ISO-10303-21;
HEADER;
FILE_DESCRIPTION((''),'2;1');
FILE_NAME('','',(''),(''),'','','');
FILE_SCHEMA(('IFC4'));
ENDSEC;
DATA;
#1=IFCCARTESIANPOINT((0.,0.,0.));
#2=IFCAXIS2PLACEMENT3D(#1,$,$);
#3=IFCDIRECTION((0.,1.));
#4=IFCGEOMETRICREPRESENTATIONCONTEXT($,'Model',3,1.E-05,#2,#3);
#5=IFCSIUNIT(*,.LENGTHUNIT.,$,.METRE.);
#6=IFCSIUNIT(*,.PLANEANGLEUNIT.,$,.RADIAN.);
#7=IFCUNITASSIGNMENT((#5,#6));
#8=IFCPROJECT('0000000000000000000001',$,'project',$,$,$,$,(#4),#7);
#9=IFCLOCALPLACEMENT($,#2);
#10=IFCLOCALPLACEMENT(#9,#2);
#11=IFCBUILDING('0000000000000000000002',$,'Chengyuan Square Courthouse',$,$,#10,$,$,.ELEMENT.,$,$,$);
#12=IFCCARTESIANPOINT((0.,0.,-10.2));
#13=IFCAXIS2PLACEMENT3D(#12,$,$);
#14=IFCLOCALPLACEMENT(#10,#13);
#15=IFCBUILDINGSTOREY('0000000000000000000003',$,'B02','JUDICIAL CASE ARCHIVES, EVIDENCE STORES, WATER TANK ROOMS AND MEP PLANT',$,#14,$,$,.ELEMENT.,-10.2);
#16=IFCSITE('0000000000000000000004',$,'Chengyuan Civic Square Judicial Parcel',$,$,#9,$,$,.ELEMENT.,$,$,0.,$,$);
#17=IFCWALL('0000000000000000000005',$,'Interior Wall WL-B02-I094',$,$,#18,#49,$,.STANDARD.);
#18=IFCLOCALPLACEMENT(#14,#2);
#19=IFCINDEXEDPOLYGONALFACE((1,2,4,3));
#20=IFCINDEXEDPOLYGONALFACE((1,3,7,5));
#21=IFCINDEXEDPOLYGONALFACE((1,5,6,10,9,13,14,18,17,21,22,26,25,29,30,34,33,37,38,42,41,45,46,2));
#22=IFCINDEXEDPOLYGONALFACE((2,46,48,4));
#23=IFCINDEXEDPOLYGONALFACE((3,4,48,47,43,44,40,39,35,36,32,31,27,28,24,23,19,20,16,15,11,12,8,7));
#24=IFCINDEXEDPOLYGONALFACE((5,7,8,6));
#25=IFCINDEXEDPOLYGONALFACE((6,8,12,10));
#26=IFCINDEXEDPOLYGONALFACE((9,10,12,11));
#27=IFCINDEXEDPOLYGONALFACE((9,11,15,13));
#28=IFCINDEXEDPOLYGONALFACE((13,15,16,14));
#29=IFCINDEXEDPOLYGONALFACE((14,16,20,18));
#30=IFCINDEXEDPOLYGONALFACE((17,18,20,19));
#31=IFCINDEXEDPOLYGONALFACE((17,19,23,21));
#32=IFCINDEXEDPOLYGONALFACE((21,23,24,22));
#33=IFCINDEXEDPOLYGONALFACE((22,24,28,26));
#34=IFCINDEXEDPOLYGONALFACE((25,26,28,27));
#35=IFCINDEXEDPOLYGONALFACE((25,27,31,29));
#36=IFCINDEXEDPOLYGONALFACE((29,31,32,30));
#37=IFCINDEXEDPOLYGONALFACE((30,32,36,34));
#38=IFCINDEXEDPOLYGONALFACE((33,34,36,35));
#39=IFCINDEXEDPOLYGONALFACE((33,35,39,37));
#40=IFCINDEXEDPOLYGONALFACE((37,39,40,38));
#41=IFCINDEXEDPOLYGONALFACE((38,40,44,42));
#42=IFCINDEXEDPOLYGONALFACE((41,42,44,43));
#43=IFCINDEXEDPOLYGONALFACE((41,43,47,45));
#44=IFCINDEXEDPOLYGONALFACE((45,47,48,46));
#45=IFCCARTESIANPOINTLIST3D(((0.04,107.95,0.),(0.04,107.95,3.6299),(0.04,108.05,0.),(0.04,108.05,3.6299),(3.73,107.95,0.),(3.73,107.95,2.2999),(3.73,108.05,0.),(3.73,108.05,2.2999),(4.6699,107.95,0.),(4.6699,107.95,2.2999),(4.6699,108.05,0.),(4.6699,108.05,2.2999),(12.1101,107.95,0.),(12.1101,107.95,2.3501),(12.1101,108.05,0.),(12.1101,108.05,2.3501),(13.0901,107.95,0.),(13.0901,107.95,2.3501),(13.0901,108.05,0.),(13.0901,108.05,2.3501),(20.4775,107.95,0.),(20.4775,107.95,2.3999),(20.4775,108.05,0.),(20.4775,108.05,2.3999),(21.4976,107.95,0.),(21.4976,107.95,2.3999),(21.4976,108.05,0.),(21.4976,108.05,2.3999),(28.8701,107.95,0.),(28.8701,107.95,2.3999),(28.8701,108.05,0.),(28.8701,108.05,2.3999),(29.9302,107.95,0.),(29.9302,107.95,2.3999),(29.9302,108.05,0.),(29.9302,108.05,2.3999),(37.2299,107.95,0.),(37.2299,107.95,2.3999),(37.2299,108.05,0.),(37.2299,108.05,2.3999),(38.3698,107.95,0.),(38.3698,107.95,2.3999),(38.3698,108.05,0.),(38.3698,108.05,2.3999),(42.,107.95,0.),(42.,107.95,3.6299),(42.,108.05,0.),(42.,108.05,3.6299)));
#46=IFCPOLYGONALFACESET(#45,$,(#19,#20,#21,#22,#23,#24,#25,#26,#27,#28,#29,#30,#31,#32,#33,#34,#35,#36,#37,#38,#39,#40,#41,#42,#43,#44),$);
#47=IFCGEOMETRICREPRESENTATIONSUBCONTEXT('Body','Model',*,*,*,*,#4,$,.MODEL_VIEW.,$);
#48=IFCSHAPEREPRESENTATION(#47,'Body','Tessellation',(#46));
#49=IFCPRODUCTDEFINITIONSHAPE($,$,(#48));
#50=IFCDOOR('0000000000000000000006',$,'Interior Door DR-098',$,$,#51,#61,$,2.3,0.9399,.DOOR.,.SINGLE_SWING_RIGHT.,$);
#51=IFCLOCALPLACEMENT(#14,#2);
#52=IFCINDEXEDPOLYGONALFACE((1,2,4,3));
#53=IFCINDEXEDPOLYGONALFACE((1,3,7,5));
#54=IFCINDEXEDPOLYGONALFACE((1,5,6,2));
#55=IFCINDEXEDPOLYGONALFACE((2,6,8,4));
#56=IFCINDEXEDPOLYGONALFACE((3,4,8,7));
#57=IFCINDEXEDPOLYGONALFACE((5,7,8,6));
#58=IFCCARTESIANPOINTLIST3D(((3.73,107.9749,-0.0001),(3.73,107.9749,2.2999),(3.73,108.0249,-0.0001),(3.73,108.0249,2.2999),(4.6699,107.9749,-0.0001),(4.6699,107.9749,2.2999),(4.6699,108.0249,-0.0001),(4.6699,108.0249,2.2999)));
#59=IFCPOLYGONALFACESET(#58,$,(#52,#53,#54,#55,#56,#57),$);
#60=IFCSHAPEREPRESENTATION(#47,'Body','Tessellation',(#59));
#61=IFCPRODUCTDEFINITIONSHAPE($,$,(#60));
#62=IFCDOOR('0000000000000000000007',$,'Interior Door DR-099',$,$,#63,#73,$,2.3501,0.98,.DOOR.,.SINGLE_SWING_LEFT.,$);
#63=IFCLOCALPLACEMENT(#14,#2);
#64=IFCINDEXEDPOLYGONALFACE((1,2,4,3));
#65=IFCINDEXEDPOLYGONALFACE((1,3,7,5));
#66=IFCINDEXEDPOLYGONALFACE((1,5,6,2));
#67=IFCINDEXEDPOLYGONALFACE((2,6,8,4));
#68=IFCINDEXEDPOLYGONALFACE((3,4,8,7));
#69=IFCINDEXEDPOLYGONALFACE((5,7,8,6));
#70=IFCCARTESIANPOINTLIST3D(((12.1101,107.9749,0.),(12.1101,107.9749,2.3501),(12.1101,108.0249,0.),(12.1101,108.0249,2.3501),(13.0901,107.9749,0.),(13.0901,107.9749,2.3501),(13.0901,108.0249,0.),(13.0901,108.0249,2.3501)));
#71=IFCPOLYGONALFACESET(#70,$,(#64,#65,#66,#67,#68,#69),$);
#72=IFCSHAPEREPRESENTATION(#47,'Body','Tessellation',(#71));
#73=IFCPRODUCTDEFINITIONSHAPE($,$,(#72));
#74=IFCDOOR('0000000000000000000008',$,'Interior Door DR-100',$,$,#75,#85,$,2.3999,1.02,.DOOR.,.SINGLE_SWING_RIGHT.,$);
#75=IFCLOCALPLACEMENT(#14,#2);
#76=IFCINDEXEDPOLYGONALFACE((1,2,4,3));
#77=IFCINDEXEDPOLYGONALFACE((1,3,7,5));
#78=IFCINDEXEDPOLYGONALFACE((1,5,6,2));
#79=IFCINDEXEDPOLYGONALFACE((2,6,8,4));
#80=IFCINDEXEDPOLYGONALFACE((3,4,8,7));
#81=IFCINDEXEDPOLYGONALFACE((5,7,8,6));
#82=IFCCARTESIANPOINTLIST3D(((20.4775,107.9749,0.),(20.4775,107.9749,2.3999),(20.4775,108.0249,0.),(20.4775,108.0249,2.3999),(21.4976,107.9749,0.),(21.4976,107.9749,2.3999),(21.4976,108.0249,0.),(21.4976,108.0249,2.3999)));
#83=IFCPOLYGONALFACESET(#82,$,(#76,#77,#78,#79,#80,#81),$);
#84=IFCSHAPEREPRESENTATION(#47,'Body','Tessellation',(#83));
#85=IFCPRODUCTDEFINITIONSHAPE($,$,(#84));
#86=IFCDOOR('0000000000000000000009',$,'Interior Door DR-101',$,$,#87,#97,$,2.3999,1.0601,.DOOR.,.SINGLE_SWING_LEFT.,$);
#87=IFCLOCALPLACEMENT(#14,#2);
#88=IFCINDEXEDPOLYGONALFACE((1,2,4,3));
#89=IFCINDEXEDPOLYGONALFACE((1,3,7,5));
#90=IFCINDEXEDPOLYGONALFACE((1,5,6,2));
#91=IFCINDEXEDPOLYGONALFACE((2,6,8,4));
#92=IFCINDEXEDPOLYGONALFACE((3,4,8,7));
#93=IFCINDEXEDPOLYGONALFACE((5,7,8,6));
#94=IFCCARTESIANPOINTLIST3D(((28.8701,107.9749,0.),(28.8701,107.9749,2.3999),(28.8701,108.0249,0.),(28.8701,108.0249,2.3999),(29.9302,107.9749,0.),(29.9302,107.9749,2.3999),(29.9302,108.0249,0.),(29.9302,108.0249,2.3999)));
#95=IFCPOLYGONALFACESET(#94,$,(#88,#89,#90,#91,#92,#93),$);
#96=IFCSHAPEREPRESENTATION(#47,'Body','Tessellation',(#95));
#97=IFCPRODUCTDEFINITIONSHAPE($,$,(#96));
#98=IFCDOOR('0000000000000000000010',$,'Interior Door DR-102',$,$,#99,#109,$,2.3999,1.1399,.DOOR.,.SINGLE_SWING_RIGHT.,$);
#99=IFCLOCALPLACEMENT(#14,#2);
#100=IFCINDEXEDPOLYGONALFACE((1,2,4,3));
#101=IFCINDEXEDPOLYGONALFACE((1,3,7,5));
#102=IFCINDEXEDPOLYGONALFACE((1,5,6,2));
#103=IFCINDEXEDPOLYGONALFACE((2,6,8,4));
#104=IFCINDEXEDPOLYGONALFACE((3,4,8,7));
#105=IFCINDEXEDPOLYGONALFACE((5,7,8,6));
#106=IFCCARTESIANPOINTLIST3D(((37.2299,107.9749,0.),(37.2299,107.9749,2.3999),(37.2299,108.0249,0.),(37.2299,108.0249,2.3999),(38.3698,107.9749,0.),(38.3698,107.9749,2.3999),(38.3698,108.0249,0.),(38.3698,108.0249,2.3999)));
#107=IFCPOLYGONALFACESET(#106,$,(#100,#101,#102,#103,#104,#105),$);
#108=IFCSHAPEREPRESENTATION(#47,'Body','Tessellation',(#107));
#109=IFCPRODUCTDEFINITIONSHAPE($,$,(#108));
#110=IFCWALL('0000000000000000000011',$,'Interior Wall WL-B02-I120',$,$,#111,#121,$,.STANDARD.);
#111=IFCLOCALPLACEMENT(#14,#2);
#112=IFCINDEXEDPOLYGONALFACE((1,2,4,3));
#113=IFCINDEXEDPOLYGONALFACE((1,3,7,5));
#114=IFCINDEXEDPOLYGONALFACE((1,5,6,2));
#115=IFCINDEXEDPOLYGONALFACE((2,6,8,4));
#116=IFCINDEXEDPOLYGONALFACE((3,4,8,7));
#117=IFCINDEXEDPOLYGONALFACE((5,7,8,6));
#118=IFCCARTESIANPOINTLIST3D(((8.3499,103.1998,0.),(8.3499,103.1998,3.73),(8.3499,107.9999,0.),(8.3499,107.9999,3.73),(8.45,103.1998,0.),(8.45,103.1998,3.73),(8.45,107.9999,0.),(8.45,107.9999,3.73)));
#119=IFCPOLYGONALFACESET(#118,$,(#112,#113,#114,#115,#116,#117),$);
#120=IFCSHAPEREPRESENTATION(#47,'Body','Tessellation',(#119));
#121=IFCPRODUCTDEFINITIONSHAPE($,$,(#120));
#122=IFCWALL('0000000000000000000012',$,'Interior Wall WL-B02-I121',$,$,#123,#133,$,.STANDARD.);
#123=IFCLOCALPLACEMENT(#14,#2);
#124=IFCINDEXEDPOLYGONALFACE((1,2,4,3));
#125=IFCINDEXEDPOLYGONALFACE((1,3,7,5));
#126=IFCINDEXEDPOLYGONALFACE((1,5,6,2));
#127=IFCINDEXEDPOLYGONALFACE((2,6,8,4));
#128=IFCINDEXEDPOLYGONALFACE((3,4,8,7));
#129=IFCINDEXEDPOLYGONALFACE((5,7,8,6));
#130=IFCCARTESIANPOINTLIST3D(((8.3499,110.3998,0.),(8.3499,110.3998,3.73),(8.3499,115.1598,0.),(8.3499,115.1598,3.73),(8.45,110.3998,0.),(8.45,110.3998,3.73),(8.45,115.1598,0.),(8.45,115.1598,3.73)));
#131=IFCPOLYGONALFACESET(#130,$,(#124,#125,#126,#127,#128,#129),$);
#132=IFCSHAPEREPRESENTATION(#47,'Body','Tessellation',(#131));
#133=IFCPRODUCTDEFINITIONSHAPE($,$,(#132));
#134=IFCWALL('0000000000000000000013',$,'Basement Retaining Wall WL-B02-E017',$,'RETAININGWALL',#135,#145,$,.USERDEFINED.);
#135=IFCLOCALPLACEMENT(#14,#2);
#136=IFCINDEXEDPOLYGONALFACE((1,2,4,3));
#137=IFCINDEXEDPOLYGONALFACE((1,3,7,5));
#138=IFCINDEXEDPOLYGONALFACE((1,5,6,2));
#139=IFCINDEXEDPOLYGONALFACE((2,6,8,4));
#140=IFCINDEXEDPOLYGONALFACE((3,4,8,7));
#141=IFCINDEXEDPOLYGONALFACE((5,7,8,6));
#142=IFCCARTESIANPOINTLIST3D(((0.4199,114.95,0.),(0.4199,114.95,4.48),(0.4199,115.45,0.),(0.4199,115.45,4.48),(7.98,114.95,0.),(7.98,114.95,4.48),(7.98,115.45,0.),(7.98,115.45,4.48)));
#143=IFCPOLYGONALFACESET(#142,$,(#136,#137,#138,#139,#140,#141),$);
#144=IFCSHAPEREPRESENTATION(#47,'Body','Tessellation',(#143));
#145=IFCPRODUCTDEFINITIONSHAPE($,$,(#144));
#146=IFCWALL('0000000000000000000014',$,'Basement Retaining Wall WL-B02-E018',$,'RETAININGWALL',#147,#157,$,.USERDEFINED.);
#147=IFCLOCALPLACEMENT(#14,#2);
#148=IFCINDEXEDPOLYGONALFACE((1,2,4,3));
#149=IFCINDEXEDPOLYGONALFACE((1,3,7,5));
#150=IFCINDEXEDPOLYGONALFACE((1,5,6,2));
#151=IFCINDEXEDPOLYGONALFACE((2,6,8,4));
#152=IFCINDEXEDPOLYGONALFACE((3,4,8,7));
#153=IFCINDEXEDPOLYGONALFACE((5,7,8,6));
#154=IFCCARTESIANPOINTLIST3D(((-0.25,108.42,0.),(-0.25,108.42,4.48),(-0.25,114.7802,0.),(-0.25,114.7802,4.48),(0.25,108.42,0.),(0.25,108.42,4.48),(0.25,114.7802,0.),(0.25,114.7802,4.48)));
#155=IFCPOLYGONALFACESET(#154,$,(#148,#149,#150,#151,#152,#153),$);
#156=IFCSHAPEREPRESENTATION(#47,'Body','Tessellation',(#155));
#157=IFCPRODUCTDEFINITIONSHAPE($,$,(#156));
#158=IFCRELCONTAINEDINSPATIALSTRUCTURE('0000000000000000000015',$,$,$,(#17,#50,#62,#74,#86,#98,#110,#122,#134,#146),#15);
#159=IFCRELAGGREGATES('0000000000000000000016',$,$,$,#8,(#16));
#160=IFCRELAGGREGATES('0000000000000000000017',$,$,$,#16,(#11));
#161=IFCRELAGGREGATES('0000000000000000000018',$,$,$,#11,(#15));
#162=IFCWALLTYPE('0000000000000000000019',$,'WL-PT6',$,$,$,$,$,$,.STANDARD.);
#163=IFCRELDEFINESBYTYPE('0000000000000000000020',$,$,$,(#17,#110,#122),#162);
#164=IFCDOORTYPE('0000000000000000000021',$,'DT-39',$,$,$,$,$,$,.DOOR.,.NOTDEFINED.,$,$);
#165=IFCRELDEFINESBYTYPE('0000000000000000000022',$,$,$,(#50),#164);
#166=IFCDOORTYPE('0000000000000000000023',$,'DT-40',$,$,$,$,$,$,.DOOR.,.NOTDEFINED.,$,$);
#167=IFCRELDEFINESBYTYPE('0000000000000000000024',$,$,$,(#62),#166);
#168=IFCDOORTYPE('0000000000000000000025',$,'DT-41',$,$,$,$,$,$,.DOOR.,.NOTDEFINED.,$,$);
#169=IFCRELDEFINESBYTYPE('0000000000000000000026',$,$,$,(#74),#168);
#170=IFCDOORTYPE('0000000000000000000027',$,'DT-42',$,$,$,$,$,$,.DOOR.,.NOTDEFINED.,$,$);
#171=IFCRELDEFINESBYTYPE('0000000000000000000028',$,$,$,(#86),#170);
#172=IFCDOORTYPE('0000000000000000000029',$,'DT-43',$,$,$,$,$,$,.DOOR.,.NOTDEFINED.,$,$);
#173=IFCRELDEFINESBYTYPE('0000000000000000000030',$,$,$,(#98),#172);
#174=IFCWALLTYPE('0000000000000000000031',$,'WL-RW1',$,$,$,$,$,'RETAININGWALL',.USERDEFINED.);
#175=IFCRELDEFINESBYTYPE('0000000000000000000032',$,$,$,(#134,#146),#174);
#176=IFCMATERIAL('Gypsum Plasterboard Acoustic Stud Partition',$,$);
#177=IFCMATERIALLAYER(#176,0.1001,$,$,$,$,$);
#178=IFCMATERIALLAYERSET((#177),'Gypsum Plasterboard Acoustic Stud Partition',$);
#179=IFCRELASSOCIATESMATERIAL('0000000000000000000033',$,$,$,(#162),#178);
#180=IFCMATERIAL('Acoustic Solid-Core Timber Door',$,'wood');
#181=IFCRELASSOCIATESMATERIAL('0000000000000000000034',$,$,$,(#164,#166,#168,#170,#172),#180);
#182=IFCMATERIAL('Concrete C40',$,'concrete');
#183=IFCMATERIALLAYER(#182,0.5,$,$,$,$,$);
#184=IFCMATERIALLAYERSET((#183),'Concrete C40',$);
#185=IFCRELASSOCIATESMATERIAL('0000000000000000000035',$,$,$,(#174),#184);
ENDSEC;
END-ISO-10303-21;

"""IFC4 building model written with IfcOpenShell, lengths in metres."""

from ifc_helpers import new_model, si_unit, direction, frame, frame_2d, origin, place, context, subcontext, project, spatial, rectangle, extrude, material, layer, layer_set, type_object, element, fill, save


model = new_model("IFC4")

# Units and contexts
model_context = context("Model", 3, precision=1e-05, world=origin(), true_north=direction((0.0, 1.0)))
body_context = subcontext(model_context, "Body", "Model", "MODEL_VIEW")
ifc_project = project(units=[si_unit("LENGTHUNIT", "METRE"), si_unit("PLANEANGLEUNIT", "RADIAN")], contexts=[model_context])

# Site, building, storey
site_placement = place(None, origin())
site = spatial("IfcSite", under=ifc_project, at=site_placement, Name="Chengyuan Civic Square Judicial Parcel", CompositionType="ELEMENT", RefElevation=0.0)
building_placement = place(site_placement, origin())
building = spatial("IfcBuilding", under=site, at=building_placement, Name="Chengyuan Square Courthouse", CompositionType="ELEMENT")
storey_placement = place(building_placement, frame((0.0, 0.0, -10.2)))
storey = spatial("IfcBuildingStorey", under=building, at=storey_placement, Name="B02", Description="JUDICIAL CASE ARCHIVES, EVIDENCE STORES, WATER TANK ROOMS AND MEP PLANT", CompositionType="ELEMENT", Elevation=-10.2)

# Shared definitions
ifc_material_1 = material(Name="Concrete C40", Category="concrete")

# Wall, openings, doors
ifc_material_2 = material(Name="Gypsum Plasterboard Acoustic Stud Partition")
ifc_layer_1 = layer(ifc_material_2, 0.1001)
ifc_layer_set_1 = layer_set([ifc_layer_1], Name="Gypsum Plasterboard Acoustic Stud Partition")
wall_type_1 = type_object("IfcWallType", Name="WL-PT6", PredefinedType="STANDARD", material=ifc_layer_set_1)
wall_1_placement = place(storey_placement, frame((0.04, 108.0, 0.0), z_axis=(0.0, 0.0, 1.0), x_axis=(1.0, 0.0, 0.0)))
wall_1 = element("IfcWall", 1, at=wall_1_placement, inside=storey, type_object=wall_type_1, Name="Interior Wall WL-B02-I094", PredefinedType="STANDARD", context=body_context, shape_type="SweptSolid", body=[
    extrude(rectangle(XDim=41.96, YDim=0.1001, at=frame_2d((20.98, 0.0))), origin(), (0.0, 0.0, 1.0), 3.6299),
])
opening_1_placement = place(wall_1_placement, frame((3.6899, 0.0, 0.0)))
opening_1 = element("IfcOpeningElement", 2, at=opening_1_placement, cuts=wall_1, PredefinedType="OPENING", context=body_context, shape_type="SweptSolid", body=[
    extrude(rectangle(XDim=0.9399, YDim=2.3, at=frame_2d((0.47, 1.1499))), frame((0.0, 0.062, 0.0), z_axis=(0.0, -1.0, 0.0), x_axis=(1.0, 0.0, 0.0)), (0.0, 0.0, 1.0), 0.124),
])
opening_2_placement = place(wall_1_placement, frame((12.0701, 0.0, 0.0)))
opening_2 = element("IfcOpeningElement", 3, at=opening_2_placement, cuts=wall_1, PredefinedType="OPENING", context=body_context, shape_type="SweptSolid", body=[
    extrude(rectangle(XDim=0.98, YDim=2.3501, at=frame_2d((0.49, 1.175))), frame((0.0, 0.062, 0.0), z_axis=(0.0, -1.0, 0.0), x_axis=(1.0, 0.0, 0.0)), (0.0, 0.0, 1.0), 0.124),
])
opening_3_placement = place(wall_1_placement, frame((20.4375, 0.0, 0.0)))
opening_3 = element("IfcOpeningElement", 4, at=opening_3_placement, cuts=wall_1, PredefinedType="OPENING", context=body_context, shape_type="SweptSolid", body=[
    extrude(rectangle(XDim=1.02, YDim=2.3999, at=frame_2d((0.51, 1.2))), frame((0.0, 0.062, 0.0), z_axis=(0.0, -1.0, 0.0), x_axis=(1.0, 0.0, 0.0)), (0.0, 0.0, 1.0), 0.124),
])
opening_4_placement = place(wall_1_placement, frame((28.8301, 0.0, 0.0)))
opening_4 = element("IfcOpeningElement", 5, at=opening_4_placement, cuts=wall_1, PredefinedType="OPENING", context=body_context, shape_type="SweptSolid", body=[
    extrude(rectangle(XDim=1.0601, YDim=2.3999, at=frame_2d((0.53, 1.2))), frame((0.0, 0.062, 0.0), z_axis=(0.0, -1.0, 0.0), x_axis=(1.0, 0.0, 0.0)), (0.0, 0.0, 1.0), 0.124),
])
opening_5_placement = place(wall_1_placement, frame((37.1899, 0.0, 0.0)))
opening_5 = element("IfcOpeningElement", 6, at=opening_5_placement, cuts=wall_1, PredefinedType="OPENING", context=body_context, shape_type="SweptSolid", body=[
    extrude(rectangle(XDim=1.1399, YDim=2.3999, at=frame_2d((0.5698, 1.2))), frame((0.0, 0.062, 0.0), z_axis=(0.0, -1.0, 0.0), x_axis=(1.0, 0.0, 0.0)), (0.0, 0.0, 1.0), 0.124),
])
ifc_material_3 = material(Name="Acoustic Solid-Core Timber Door", Category="wood")
door_type_1 = type_object("IfcDoorType", Name="DT-39", OperationType="NOTDEFINED", PredefinedType="DOOR", material=ifc_material_3)
door_1_placement = place(opening_1_placement, origin())
door_1 = element("IfcDoor", 7, at=door_1_placement, inside=storey, type_object=door_type_1, Name="Interior Door DR-098", OperationType="SINGLE_SWING_RIGHT", OverallHeight=2.3, OverallWidth=0.9399, PredefinedType="DOOR", context=body_context, shape_type="SweptSolid", body=[
    extrude(rectangle(XDim=0.9399, YDim=2.3, at=frame_2d((0.47, 1.1499))), frame((0.0, 0.0249, 0.0), z_axis=(0.0, -1.0, 0.0), x_axis=(1.0, 0.0, 0.0)), (0.0, 0.0, 1.0), 0.05),
])
fill(opening_1, door_1)
door_type_2 = type_object("IfcDoorType", Name="DT-40", OperationType="NOTDEFINED", PredefinedType="DOOR", material=ifc_material_3)
door_2_placement = place(opening_2_placement, origin())
door_2 = element("IfcDoor", 8, at=door_2_placement, inside=storey, type_object=door_type_2, Name="Interior Door DR-099", OperationType="SINGLE_SWING_LEFT", OverallHeight=2.3501, OverallWidth=0.98, PredefinedType="DOOR", context=body_context, shape_type="SweptSolid", body=[
    extrude(rectangle(XDim=0.98, YDim=2.3501, at=frame_2d((0.49, 1.175))), frame((0.0, 0.0249, 0.0), z_axis=(0.0, -1.0, 0.0), x_axis=(1.0, 0.0, 0.0)), (0.0, 0.0, 1.0), 0.05),
])
fill(opening_2, door_2)
door_type_3 = type_object("IfcDoorType", Name="DT-41", OperationType="NOTDEFINED", PredefinedType="DOOR", material=ifc_material_3)
door_3_placement = place(opening_3_placement, origin())
door_3 = element("IfcDoor", 9, at=door_3_placement, inside=storey, type_object=door_type_3, Name="Interior Door DR-100", OperationType="SINGLE_SWING_RIGHT", OverallHeight=2.3999, OverallWidth=1.02, PredefinedType="DOOR", context=body_context, shape_type="SweptSolid", body=[
    extrude(rectangle(XDim=1.02, YDim=2.3999, at=frame_2d((0.51, 1.2))), frame((0.0, 0.0249, 0.0), z_axis=(0.0, -1.0, 0.0), x_axis=(1.0, 0.0, 0.0)), (0.0, 0.0, 1.0), 0.05),
])
fill(opening_3, door_3)
door_type_4 = type_object("IfcDoorType", Name="DT-42", OperationType="NOTDEFINED", PredefinedType="DOOR", material=ifc_material_3)
door_4_placement = place(opening_4_placement, origin())
door_4 = element("IfcDoor", 10, at=door_4_placement, inside=storey, type_object=door_type_4, Name="Interior Door DR-101", OperationType="SINGLE_SWING_LEFT", OverallHeight=2.3999, OverallWidth=1.0601, PredefinedType="DOOR", context=body_context, shape_type="SweptSolid", body=[
    extrude(rectangle(XDim=1.0601, YDim=2.3999, at=frame_2d((0.53, 1.2))), frame((0.0, 0.0249, 0.0), z_axis=(0.0, -1.0, 0.0), x_axis=(1.0, 0.0, 0.0)), (0.0, 0.0, 1.0), 0.05),
])
fill(opening_4, door_4)
door_type_5 = type_object("IfcDoorType", Name="DT-43", OperationType="NOTDEFINED", PredefinedType="DOOR", material=ifc_material_3)
door_5_placement = place(opening_5_placement, origin())
door_5 = element("IfcDoor", 11, at=door_5_placement, inside=storey, type_object=door_type_5, Name="Interior Door DR-102", OperationType="SINGLE_SWING_RIGHT", OverallHeight=2.3999, OverallWidth=1.1399, PredefinedType="DOOR", context=body_context, shape_type="SweptSolid", body=[
    extrude(rectangle(XDim=1.1399, YDim=2.3999, at=frame_2d((0.5698, 1.2))), frame((0.0, 0.0249, 0.0), z_axis=(0.0, -1.0, 0.0), x_axis=(1.0, 0.0, 0.0)), (0.0, 0.0, 1.0), 0.05),
])
fill(opening_5, door_5)

# Walls
wall_2_placement = place(storey_placement, frame((8.3999, 103.2, 0.0), z_axis=(0.0, 0.0, 1.0), x_axis=(0.0, 1.0, 0.0)))
element("IfcWall", 12, at=wall_2_placement, inside=storey, type_object=wall_type_1, Name="Interior Wall WL-B02-I120", PredefinedType="STANDARD", context=body_context, shape_type="SweptSolid", body=[
    extrude(rectangle(XDim=4.8, YDim=0.1001, at=frame_2d((2.3999, 0.0))), origin(), (0.0, 0.0, 1.0), 3.73),
])
wall_3_placement = place(storey_placement, frame((8.3999, 110.3999, 0.0), z_axis=(0.0, 0.0, 1.0), x_axis=(0.0, 1.0, 0.0)))
element("IfcWall", 13, at=wall_3_placement, inside=storey, type_object=wall_type_1, Name="Interior Wall WL-B02-I121", PredefinedType="STANDARD", context=body_context, shape_type="SweptSolid", body=[
    extrude(rectangle(XDim=4.76, YDim=0.1001, at=frame_2d((2.3799, 0.0))), origin(), (0.0, 0.0, 1.0), 3.73),
])
ifc_layer_2 = layer(ifc_material_1, 0.5)
ifc_layer_set_2 = layer_set([ifc_layer_2], Name="Concrete C40")
wall_type_2 = type_object("IfcWallType", Name="WL-RW1", ElementType="RETAININGWALL", PredefinedType="USERDEFINED", material=ifc_layer_set_2)
wall_4_placement = place(storey_placement, frame((0.4199, 115.2, 0.0), z_axis=(0.0, 0.0, 1.0), x_axis=(1.0, 0.0, 0.0)))
element("IfcWall", 14, at=wall_4_placement, inside=storey, type_object=wall_type_2, Name="Basement Retaining Wall WL-B02-E017", ObjectType="RETAININGWALL", PredefinedType="USERDEFINED", context=body_context, shape_type="SweptSolid", body=[
    extrude(rectangle(XDim=7.5601, YDim=0.5, at=frame_2d((3.78, 0.0))), origin(), (0.0, 0.0, 1.0), 4.48),
])
wall_5_placement = place(storey_placement, frame((0.0, 108.4199, 0.0), z_axis=(0.0, 0.0, 1.0), x_axis=(0.0, 1.0, 0.0)))
element("IfcWall", 15, at=wall_5_placement, inside=storey, type_object=wall_type_2, Name="Basement Retaining Wall WL-B02-E018", ObjectType="RETAININGWALL", PredefinedType="USERDEFINED", context=body_context, shape_type="SweptSolid", body=[
    extrude(rectangle(XDim=6.3601, YDim=0.5, at=frame_2d((3.1802, 0.0))), origin(), (0.0, 0.0, 1.0), 4.48),
])

save(model, "model.ifc")
